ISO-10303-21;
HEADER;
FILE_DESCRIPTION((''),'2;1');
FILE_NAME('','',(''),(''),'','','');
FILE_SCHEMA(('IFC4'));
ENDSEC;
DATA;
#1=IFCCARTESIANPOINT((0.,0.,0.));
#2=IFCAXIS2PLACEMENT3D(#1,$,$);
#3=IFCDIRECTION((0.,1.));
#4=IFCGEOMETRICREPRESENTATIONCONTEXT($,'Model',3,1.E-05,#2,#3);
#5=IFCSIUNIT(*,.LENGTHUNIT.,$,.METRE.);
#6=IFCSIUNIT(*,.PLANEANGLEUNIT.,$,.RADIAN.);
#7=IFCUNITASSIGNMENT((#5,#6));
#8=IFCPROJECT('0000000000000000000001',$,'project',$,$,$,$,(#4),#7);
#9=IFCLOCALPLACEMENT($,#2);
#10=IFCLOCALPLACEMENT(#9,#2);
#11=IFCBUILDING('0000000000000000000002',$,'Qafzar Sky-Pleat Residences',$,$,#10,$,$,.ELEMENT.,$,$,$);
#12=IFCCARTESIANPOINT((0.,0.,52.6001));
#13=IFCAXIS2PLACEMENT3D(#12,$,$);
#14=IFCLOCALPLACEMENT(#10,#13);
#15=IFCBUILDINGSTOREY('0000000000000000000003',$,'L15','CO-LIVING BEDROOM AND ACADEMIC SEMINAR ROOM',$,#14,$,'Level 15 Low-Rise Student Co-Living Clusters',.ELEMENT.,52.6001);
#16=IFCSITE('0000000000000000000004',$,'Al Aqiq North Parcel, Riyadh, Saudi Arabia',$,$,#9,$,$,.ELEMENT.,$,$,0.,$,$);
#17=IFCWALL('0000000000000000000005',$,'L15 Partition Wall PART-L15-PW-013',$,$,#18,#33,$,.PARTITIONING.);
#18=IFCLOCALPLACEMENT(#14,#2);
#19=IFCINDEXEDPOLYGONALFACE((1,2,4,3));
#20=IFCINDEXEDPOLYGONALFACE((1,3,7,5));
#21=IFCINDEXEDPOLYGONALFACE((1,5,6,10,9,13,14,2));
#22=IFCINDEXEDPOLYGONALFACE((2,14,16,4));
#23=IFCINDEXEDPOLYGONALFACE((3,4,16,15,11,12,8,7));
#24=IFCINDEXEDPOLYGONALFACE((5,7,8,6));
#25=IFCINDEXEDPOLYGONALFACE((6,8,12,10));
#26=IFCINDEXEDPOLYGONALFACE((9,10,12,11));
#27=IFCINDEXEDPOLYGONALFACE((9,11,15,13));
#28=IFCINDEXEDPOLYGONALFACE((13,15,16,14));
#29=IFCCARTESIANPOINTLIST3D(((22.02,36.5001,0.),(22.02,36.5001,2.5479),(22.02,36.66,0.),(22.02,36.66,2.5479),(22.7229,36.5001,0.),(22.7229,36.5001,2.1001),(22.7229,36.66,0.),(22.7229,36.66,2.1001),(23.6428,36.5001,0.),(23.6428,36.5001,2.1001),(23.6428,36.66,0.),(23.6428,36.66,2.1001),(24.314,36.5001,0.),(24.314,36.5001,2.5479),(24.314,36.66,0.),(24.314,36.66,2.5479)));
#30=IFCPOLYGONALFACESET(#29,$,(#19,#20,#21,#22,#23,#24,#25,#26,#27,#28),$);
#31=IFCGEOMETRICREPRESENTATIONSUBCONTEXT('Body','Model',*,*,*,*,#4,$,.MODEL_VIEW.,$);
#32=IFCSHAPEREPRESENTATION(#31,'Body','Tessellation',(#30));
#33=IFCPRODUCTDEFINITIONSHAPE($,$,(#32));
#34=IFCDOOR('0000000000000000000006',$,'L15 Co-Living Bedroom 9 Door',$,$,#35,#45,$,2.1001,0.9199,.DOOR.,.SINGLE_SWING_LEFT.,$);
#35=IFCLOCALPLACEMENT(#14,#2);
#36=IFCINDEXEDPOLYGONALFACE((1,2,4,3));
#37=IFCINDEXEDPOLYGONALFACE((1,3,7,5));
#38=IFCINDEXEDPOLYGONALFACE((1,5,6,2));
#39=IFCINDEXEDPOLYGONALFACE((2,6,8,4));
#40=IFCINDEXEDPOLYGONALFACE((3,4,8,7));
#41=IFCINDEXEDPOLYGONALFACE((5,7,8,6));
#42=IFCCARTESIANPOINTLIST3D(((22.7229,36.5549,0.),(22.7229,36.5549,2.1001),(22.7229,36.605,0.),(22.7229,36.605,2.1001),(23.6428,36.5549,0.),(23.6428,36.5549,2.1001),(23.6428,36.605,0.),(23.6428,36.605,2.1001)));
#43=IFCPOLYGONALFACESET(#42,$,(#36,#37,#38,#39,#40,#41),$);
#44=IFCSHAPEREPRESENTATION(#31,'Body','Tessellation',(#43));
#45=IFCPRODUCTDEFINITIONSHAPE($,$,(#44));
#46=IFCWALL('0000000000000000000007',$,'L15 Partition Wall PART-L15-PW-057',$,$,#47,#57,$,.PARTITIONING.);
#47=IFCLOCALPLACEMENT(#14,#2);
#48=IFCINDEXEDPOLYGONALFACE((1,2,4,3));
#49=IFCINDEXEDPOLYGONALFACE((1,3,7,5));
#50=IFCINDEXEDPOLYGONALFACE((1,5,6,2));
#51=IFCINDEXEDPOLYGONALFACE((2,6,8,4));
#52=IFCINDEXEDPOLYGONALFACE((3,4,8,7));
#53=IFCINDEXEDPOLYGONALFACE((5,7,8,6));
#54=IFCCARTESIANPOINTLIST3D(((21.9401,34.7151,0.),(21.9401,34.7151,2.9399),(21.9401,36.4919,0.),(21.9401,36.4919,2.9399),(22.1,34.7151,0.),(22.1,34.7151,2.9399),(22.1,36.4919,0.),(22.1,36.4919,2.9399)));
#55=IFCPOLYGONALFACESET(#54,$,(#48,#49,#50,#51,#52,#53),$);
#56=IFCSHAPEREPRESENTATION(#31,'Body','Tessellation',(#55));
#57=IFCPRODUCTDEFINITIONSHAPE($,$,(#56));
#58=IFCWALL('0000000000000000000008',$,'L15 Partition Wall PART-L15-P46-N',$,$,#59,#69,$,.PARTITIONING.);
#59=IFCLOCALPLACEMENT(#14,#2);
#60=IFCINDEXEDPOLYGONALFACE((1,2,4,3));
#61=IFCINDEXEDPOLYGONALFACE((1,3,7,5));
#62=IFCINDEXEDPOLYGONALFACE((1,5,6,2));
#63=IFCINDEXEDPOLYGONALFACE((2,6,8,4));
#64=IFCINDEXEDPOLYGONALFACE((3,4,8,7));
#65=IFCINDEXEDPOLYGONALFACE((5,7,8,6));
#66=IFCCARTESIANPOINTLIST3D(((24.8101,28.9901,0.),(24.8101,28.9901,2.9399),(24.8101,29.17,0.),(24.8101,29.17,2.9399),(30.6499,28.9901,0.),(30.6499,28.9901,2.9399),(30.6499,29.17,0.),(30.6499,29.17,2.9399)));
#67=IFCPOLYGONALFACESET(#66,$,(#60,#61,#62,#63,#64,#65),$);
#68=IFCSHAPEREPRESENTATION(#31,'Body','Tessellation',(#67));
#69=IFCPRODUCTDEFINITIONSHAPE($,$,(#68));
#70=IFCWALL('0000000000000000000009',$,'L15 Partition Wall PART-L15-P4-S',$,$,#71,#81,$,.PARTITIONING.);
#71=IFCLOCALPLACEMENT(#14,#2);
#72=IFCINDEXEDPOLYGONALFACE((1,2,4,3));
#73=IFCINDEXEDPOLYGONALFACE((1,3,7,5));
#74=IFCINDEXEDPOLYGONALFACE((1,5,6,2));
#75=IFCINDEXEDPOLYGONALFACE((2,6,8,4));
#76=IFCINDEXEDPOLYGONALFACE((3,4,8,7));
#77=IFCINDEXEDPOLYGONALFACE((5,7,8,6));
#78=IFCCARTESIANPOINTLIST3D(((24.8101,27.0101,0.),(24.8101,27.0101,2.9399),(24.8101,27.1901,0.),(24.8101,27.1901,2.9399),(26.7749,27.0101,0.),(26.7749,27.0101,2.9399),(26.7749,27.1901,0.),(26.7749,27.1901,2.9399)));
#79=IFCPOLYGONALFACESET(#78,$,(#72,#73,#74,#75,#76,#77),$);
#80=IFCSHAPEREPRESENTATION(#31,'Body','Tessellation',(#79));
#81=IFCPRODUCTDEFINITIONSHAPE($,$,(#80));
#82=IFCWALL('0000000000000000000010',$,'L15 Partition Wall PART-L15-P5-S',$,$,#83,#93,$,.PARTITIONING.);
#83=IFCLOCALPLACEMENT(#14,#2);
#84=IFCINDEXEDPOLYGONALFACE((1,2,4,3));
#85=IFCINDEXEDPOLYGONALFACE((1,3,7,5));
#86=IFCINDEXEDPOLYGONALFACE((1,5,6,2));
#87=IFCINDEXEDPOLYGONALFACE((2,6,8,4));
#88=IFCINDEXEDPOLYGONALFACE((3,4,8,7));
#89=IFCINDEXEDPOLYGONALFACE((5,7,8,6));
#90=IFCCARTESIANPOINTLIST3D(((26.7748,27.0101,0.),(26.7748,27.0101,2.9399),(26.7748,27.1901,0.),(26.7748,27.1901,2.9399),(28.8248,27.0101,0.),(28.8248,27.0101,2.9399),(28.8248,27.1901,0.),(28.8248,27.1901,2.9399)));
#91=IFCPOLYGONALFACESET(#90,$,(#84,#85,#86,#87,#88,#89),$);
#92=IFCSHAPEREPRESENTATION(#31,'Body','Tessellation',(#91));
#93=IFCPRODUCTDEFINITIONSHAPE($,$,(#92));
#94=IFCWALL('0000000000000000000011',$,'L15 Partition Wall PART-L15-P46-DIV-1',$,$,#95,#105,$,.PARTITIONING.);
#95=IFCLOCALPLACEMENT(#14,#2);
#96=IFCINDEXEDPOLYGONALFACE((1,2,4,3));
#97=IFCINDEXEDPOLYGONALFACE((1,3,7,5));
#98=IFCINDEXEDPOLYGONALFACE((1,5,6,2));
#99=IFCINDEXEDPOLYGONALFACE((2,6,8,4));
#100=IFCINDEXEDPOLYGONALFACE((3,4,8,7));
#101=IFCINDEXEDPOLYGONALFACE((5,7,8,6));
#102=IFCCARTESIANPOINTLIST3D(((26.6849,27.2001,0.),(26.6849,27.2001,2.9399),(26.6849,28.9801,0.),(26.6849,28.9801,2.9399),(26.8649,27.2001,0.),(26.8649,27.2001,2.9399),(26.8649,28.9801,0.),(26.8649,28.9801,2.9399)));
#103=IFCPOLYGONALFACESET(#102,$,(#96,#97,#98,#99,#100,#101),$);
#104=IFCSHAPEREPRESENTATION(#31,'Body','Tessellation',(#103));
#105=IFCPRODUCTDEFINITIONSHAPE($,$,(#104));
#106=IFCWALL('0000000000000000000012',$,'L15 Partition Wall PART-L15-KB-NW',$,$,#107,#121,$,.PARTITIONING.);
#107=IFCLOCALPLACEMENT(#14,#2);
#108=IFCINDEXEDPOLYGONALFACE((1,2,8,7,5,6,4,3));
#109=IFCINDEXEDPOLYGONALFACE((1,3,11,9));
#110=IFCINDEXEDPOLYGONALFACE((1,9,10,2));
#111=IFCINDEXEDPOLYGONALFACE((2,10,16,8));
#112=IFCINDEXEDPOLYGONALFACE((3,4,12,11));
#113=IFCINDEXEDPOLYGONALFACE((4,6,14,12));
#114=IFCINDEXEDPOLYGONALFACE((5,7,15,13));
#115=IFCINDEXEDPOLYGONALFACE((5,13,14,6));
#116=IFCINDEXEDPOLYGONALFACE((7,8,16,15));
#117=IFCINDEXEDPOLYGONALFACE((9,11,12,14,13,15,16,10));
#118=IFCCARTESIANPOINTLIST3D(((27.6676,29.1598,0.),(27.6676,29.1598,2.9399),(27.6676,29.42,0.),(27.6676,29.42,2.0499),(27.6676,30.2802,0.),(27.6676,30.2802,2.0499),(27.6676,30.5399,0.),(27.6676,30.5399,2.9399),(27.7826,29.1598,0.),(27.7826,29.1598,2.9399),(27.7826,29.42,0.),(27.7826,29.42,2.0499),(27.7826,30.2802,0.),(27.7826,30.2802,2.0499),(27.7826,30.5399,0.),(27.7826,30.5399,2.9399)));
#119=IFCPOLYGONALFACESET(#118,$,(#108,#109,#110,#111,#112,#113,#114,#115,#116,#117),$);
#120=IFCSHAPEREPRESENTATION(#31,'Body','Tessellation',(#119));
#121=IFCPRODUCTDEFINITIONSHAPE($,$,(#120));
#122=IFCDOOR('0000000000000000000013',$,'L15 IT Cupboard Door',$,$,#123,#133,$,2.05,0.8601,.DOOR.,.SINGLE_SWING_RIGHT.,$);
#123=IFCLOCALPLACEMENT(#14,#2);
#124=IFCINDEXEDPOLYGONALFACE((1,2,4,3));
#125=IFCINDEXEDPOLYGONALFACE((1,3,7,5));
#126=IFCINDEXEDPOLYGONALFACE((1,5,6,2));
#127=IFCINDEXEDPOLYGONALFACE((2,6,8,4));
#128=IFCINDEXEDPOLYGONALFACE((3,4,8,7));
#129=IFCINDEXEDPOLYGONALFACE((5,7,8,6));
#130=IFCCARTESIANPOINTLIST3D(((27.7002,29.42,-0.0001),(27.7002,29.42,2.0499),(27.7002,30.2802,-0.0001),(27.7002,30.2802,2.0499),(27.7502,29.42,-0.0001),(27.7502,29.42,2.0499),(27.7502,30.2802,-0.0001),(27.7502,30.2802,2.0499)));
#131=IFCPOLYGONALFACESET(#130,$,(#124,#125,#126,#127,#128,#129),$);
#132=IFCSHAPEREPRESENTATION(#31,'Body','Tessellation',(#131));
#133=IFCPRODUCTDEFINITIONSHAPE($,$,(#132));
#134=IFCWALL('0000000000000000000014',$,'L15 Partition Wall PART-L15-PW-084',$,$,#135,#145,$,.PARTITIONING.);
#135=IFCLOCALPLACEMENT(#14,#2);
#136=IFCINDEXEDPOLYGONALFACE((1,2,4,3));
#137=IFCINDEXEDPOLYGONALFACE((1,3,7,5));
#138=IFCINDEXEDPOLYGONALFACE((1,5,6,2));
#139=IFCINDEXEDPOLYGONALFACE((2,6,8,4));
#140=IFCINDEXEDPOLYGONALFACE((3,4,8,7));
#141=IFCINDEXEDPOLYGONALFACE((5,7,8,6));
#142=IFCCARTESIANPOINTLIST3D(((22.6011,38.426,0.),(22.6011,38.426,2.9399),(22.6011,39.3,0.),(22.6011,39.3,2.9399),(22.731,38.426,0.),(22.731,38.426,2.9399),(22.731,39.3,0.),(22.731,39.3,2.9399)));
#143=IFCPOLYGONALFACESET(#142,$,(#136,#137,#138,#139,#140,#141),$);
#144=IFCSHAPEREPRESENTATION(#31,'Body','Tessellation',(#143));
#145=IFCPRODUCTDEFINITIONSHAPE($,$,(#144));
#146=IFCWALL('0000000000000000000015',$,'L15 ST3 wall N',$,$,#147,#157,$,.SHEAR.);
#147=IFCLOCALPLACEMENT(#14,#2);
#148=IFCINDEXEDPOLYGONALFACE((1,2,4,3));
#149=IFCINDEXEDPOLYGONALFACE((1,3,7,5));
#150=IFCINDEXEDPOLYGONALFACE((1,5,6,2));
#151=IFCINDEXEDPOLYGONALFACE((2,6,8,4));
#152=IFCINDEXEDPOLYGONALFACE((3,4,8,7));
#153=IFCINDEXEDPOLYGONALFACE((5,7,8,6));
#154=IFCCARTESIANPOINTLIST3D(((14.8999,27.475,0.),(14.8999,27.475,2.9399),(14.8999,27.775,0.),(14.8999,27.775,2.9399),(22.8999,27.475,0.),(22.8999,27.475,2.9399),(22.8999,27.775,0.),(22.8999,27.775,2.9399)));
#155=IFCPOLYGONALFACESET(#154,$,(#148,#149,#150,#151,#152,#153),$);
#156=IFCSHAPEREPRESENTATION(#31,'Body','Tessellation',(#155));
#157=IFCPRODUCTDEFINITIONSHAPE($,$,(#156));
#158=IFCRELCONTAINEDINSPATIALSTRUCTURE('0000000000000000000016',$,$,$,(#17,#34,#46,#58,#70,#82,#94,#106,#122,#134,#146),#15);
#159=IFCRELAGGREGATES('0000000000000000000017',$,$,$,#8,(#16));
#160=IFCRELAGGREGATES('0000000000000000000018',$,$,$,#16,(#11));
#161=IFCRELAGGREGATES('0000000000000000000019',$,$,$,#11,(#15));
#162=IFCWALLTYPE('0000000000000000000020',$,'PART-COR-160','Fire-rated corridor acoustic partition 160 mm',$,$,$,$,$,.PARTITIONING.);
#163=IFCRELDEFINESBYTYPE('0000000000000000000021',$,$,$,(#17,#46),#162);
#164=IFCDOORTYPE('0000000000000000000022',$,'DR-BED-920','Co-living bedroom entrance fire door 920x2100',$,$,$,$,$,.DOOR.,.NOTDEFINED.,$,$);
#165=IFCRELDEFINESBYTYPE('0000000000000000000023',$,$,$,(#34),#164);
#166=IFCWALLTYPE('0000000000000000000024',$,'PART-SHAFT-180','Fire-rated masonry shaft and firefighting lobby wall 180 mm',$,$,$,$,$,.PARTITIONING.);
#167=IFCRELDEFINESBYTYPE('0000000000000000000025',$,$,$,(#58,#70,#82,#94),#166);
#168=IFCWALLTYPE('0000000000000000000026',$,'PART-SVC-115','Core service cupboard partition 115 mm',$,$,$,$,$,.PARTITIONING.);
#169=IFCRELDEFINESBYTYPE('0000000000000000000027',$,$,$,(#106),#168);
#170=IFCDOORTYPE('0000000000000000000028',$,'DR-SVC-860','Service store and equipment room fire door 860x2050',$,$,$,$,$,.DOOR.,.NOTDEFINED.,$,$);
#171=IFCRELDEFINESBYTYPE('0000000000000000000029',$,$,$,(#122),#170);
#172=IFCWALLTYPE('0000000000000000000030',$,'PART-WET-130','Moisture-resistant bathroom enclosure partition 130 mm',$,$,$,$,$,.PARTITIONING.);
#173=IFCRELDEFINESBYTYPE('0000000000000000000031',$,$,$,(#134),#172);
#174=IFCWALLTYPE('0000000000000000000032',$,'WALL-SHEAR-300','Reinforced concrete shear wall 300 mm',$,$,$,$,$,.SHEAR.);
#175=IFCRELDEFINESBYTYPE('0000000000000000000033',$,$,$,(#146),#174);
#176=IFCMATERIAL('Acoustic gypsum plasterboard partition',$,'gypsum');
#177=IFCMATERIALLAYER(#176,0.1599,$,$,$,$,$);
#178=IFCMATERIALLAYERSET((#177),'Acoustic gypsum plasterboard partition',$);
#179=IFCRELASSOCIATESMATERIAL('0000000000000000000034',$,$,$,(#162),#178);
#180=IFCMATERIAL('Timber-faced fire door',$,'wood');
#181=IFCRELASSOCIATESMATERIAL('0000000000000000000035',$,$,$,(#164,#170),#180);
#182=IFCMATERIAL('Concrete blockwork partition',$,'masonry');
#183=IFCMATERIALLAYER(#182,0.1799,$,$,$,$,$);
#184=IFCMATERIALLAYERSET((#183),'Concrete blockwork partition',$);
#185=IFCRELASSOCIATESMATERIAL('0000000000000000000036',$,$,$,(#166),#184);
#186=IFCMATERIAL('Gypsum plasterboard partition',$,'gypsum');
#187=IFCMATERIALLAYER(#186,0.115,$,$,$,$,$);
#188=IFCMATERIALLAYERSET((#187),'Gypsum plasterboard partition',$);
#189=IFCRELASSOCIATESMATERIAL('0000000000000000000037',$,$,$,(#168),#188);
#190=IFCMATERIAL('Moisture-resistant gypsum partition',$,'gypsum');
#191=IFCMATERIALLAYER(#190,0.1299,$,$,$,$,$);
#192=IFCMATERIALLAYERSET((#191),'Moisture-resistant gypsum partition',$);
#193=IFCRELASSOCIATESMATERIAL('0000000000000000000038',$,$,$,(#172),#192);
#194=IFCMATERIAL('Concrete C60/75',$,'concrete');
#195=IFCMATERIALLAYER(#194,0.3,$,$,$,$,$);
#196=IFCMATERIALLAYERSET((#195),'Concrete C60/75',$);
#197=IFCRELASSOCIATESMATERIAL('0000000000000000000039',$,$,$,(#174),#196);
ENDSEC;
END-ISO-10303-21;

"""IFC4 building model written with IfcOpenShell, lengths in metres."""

from ifc_helpers import new_model, si_unit, direction, frame, frame_2d, origin, place, context, subcontext, project, spatial, rectangle, extrude, source, transform, mapped, material, layer, layer_set, type_object, element, fill, save


model = new_model("IFC4")

# Units and contexts
model_context = context("Model", 3, precision=1e-05, world=origin(), true_north=direction((0.0, 1.0)))
body_context = subcontext(model_context, "Body", "Model", "MODEL_VIEW")
ifc_project = project(units=[si_unit("LENGTHUNIT", "METRE"), si_unit("PLANEANGLEUNIT", "RADIAN")], contexts=[model_context])

# Site, building, storey
site_placement = place(None, origin())
site = spatial("IfcSite", under=ifc_project, at=site_placement, Name="Al Aqiq North Parcel, Riyadh, Saudi Arabia", CompositionType="ELEMENT", RefElevation=0.0)
building_placement = place(site_placement, origin())
building = spatial("IfcBuilding", under=site, at=building_placement, Name="Qafzar Sky-Pleat Residences", CompositionType="ELEMENT")
storey_placement = place(building_placement, frame((0.0, 0.0, 52.6001)))
storey = spatial("IfcBuildingStorey", under=building, at=storey_placement, Name="L15", Description="CO-LIVING BEDROOM AND ACADEMIC SEMINAR ROOM", LongName="Level 15 Low-Rise Student Co-Living Clusters", CompositionType="ELEMENT", Elevation=52.6001)

# Wall, opening, door
ifc_material_1 = material(Name="Acoustic gypsum plasterboard partition", Category="gypsum")
ifc_layer_1 = layer(ifc_material_1, 0.1599)
ifc_layer_set_1 = layer_set([ifc_layer_1], Name="Acoustic gypsum plasterboard partition")
wall_type_1 = type_object("IfcWallType", Name="PART-COR-160", Description="Fire-rated corridor acoustic partition 160 mm", PredefinedType="PARTITIONING", material=ifc_layer_set_1)
ifc_material_2 = material(Name="Timber-faced fire door", Category="wood")
door_type_1 = type_object("IfcDoorType", Name="DR-BED-920", Description="Co-living bedroom entrance fire door 920x2100", OperationType="NOTDEFINED", PredefinedType="DOOR", material=ifc_material_2)
shared_shape_1 = source(origin(), body_context, "Body", "SweptSolid", [
    extrude(rectangle(XDim=0.9199, YDim=2.1001, at=frame_2d((0.46, 1.05))), frame((0.0, 0.0249, 0.0), z_axis=(0.0, -1.0, 0.0), x_axis=(1.0, 0.0, 0.0)), (0.0, 0.0, 1.0), 0.05),
])
wall_1_placement = place(storey_placement, frame((22.02, 36.5801, 0.0), z_axis=(0.0, 0.0, 1.0), x_axis=(1.0, 0.0, 0.0)))
wall_1 = element("IfcWall", 1, at=wall_1_placement, inside=storey, type_object=wall_type_1, Name="L15 Partition Wall PART-L15-PW-013", PredefinedType="PARTITIONING", context=body_context, shape_type="SweptSolid", body=[
    extrude(rectangle(XDim=2.2939, YDim=0.1599, at=frame_2d((1.147, 0.0))), origin(), (0.0, 0.0, 1.0), 2.5479),
])
opening_1_placement = place(wall_1_placement, frame((0.7029, 0.0, 0.0)))
opening_1 = element("IfcOpeningElement", 2, at=opening_1_placement, cuts=wall_1, PredefinedType="OPENING", context=body_context, shape_type="SweptSolid", body=[
    extrude(rectangle(XDim=0.9199, YDim=2.1001, at=frame_2d((0.46, 1.05))), frame((0.0, 0.0898, 0.0), z_axis=(0.0, -1.0, 0.0), x_axis=(1.0, 0.0, 0.0)), (0.0, 0.0, 1.0), 0.1799),
])
door_1_placement = place(opening_1_placement, origin())
door_1 = element("IfcDoor", 3, at=door_1_placement, inside=storey, type_object=door_type_1, Name="L15 Co-Living Bedroom 9 Door", OperationType="SINGLE_SWING_LEFT", OverallHeight=2.1001, OverallWidth=0.9199, PredefinedType="DOOR", context=body_context, shape_type="MappedRepresentation", body=[
    mapped(shared_shape_1, transform((0.0, 0.0, 0.0), x_axis=(1.0, 0.0, 0.0), y_axis=(0.0, 1.0, 0.0), z_axis=(0.0, 0.0, 1.0), scale=1.0)),
])
fill(opening_1, door_1)

# Walls
wall_2_placement = place(storey_placement, frame((22.02, 34.7151, 0.0), z_axis=(0.0, 0.0, 1.0), x_axis=(0.0, 1.0, 0.0)))
element("IfcWall", 4, at=wall_2_placement, inside=storey, type_object=wall_type_1, Name="L15 Partition Wall PART-L15-PW-057", PredefinedType="PARTITIONING", context=body_context, shape_type="SweptSolid", body=[
    extrude(rectangle(XDim=1.7769, YDim=0.1599, at=frame_2d((0.8884, 0.0))), origin(), (0.0, 0.0, 1.0), 2.9399),
])
ifc_material_3 = material(Name="Concrete blockwork partition", Category="masonry")
ifc_layer_2 = layer(ifc_material_3, 0.1799)
ifc_layer_set_2 = layer_set([ifc_layer_2], Name="Concrete blockwork partition")
wall_type_2 = type_object("IfcWallType", Name="PART-SHAFT-180", Description="Fire-rated masonry shaft and firefighting lobby wall 180 mm", PredefinedType="PARTITIONING", material=ifc_layer_set_2)
wall_3_placement = place(storey_placement, frame((24.8101, 29.0801, 0.0), z_axis=(0.0, 0.0, 1.0), x_axis=(1.0, 0.0, 0.0)))
element("IfcWall", 5, at=wall_3_placement, inside=storey, type_object=wall_type_2, Name="L15 Partition Wall PART-L15-P46-N", PredefinedType="PARTITIONING", context=body_context, shape_type="SweptSolid", body=[
    extrude(rectangle(XDim=5.8398, YDim=0.1799, at=frame_2d((2.9199, 0.0))), origin(), (0.0, 0.0, 1.0), 2.9399),
])
wall_4_placement = place(storey_placement, frame((24.8101, 27.1001, 0.0), z_axis=(0.0, 0.0, 1.0), x_axis=(1.0, 0.0, 0.0)))
element("IfcWall", 6, at=wall_4_placement, inside=storey, type_object=wall_type_2, Name="L15 Partition Wall PART-L15-P4-S", PredefinedType="PARTITIONING", context=body_context, shape_type="SweptSolid", body=[
    extrude(rectangle(XDim=1.9648, YDim=0.1799, at=frame_2d((0.9824, 0.0))), origin(), (0.0, 0.0, 1.0), 2.9399),
])
wall_5_placement = place(storey_placement, frame((26.7749, 27.1001, 0.0), z_axis=(0.0, 0.0, 1.0), x_axis=(1.0, 0.0, 0.0)))
element("IfcWall", 7, at=wall_5_placement, inside=storey, type_object=wall_type_2, Name="L15 Partition Wall PART-L15-P5-S", PredefinedType="PARTITIONING", context=body_context, shape_type="SweptSolid", body=[
    extrude(rectangle(XDim=2.05, YDim=0.1799, at=frame_2d((1.0249, 0.0))), origin(), (0.0, 0.0, 1.0), 2.9399),
])
wall_6_placement = place(storey_placement, frame((26.7749, 27.2, 0.0), z_axis=(0.0, 0.0, 1.0), x_axis=(0.0, 1.0, 0.0)))
element("IfcWall", 8, at=wall_6_placement, inside=storey, type_object=wall_type_2, Name="L15 Partition Wall PART-L15-P46-DIV-1", PredefinedType="PARTITIONING", context=body_context, shape_type="SweptSolid", body=[
    extrude(rectangle(XDim=1.78, YDim=0.1799, at=frame_2d((0.8901, 0.0))), origin(), (0.0, 0.0, 1.0), 2.9399),
])

# Wall, opening, door
ifc_material_4 = material(Name="Gypsum plasterboard partition", Category="gypsum")
ifc_layer_3 = layer(ifc_material_4, 0.115)
ifc_layer_set_3 = layer_set([ifc_layer_3], Name="Gypsum plasterboard partition")
wall_type_3 = type_object("IfcWallType", Name="PART-SVC-115", Description="Core service cupboard partition 115 mm", PredefinedType="PARTITIONING", material=ifc_layer_set_3)
wall_7_placement = place(storey_placement, frame((27.7251, 29.1599, 0.0), z_axis=(0.0, 0.0, 1.0), x_axis=(0.0, 1.0, 0.0)))
wall_7 = element("IfcWall", 9, at=wall_7_placement, inside=storey, type_object=wall_type_3, Name="L15 Partition Wall PART-L15-KB-NW", PredefinedType="PARTITIONING", context=body_context, shape_type="SweptSolid", body=[
    extrude(rectangle(XDim=1.3801, YDim=0.115, at=frame_2d((0.6899, 0.0))), origin(), (0.0, 0.0, 1.0), 2.9399),
])
opening_2_placement = place(wall_7_placement, frame((0.26, 0.0, 0.0)))
opening_2 = element("IfcOpeningElement", 10, at=opening_2_placement, cuts=wall_7, PredefinedType="OPENING", context=body_context, shape_type="SweptSolid", body=[
    extrude(rectangle(XDim=0.8601, YDim=2.05, at=frame_2d((0.4302, 1.0249))), frame((0.0, 0.0674, 0.0), z_axis=(0.0, -1.0, 0.0), x_axis=(1.0, 0.0, 0.0)), (0.0, 0.0, 1.0), 0.135),
])
door_type_2 = type_object("IfcDoorType", Name="DR-SVC-860", Description="Service store and equipment room fire door 860x2050", OperationType="NOTDEFINED", PredefinedType="DOOR", material=ifc_material_2)
shared_shape_2 = source(origin(), body_context, "Body", "SweptSolid", [
    extrude(rectangle(XDim=0.8601, YDim=2.05, at=frame_2d((0.4302, 1.0249))), frame((0.0, 0.0249, 0.0), z_axis=(0.0, -1.0, 0.0), x_axis=(1.0, 0.0, 0.0)), (0.0, 0.0, 1.0), 0.05),
])
door_2_placement = place(opening_2_placement, origin())
door_2 = element("IfcDoor", 11, at=door_2_placement, inside=storey, type_object=door_type_2, Name="L15 IT Cupboard Door", OperationType="SINGLE_SWING_RIGHT", OverallHeight=2.05, OverallWidth=0.8601, PredefinedType="DOOR", context=body_context, shape_type="MappedRepresentation", body=[
    mapped(shared_shape_2, transform((0.0, 0.0, 0.0), x_axis=(1.0, 0.0, 0.0), y_axis=(0.0, 1.0, 0.0), z_axis=(0.0, 0.0, 1.0), scale=1.0)),
])
fill(opening_2, door_2)

# Wall
ifc_material_5 = material(Name="Moisture-resistant gypsum partition", Category="gypsum")
ifc_layer_4 = layer(ifc_material_5, 0.1299)
ifc_layer_set_4 = layer_set([ifc_layer_4], Name="Moisture-resistant gypsum partition")
wall_type_4 = type_object("IfcWallType", Name="PART-WET-130", Description="Moisture-resistant bathroom enclosure partition 130 mm", PredefinedType="PARTITIONING", material=ifc_layer_set_4)
wall_8_placement = place(storey_placement, frame((22.666, 38.426, 0.0), z_axis=(0.0, 0.0, 1.0), x_axis=(0.0, 1.0, 0.0)))
element("IfcWall", 12, at=wall_8_placement, inside=storey, type_object=wall_type_4, Name="L15 Partition Wall PART-L15-PW-084", PredefinedType="PARTITIONING", context=body_context, shape_type="SweptSolid", body=[
    extrude(rectangle(XDim=0.874, YDim=0.1299, at=frame_2d((0.437, 0.0))), origin(), (0.0, 0.0, 1.0), 2.9399),
])

# Shared definitions
ifc_material_6 = material(Name="Concrete C60/75", Category="concrete")
ifc_layer_5 = layer(ifc_material_6, 0.3)
ifc_layer_set_5 = layer_set([ifc_layer_5], Name="Concrete C60/75")
wall_type_5 = type_object("IfcWallType", Name="WALL-SHEAR-300", Description="Reinforced concrete shear wall 300 mm", PredefinedType="SHEAR", material=ifc_layer_set_5)

# Wall
wall_9_placement = place(storey_placement, frame((22.8999, 27.625, 0.0), z_axis=(0.0, 0.0, 1.0), x_axis=(-1.0, 0.0, 0.0)))
element("IfcWall", 13, at=wall_9_placement, inside=storey, type_object=wall_type_5, Name="L15 ST3 wall N", PredefinedType="SHEAR", context=body_context, shape_type="SweptSolid", body=[
    extrude(rectangle(XDim=8.0, YDim=0.3, at=frame_2d((4.0, 0.0))), origin(), (0.0, 0.0, 1.0), 2.9399),
])

save(model, "model.ifc")
